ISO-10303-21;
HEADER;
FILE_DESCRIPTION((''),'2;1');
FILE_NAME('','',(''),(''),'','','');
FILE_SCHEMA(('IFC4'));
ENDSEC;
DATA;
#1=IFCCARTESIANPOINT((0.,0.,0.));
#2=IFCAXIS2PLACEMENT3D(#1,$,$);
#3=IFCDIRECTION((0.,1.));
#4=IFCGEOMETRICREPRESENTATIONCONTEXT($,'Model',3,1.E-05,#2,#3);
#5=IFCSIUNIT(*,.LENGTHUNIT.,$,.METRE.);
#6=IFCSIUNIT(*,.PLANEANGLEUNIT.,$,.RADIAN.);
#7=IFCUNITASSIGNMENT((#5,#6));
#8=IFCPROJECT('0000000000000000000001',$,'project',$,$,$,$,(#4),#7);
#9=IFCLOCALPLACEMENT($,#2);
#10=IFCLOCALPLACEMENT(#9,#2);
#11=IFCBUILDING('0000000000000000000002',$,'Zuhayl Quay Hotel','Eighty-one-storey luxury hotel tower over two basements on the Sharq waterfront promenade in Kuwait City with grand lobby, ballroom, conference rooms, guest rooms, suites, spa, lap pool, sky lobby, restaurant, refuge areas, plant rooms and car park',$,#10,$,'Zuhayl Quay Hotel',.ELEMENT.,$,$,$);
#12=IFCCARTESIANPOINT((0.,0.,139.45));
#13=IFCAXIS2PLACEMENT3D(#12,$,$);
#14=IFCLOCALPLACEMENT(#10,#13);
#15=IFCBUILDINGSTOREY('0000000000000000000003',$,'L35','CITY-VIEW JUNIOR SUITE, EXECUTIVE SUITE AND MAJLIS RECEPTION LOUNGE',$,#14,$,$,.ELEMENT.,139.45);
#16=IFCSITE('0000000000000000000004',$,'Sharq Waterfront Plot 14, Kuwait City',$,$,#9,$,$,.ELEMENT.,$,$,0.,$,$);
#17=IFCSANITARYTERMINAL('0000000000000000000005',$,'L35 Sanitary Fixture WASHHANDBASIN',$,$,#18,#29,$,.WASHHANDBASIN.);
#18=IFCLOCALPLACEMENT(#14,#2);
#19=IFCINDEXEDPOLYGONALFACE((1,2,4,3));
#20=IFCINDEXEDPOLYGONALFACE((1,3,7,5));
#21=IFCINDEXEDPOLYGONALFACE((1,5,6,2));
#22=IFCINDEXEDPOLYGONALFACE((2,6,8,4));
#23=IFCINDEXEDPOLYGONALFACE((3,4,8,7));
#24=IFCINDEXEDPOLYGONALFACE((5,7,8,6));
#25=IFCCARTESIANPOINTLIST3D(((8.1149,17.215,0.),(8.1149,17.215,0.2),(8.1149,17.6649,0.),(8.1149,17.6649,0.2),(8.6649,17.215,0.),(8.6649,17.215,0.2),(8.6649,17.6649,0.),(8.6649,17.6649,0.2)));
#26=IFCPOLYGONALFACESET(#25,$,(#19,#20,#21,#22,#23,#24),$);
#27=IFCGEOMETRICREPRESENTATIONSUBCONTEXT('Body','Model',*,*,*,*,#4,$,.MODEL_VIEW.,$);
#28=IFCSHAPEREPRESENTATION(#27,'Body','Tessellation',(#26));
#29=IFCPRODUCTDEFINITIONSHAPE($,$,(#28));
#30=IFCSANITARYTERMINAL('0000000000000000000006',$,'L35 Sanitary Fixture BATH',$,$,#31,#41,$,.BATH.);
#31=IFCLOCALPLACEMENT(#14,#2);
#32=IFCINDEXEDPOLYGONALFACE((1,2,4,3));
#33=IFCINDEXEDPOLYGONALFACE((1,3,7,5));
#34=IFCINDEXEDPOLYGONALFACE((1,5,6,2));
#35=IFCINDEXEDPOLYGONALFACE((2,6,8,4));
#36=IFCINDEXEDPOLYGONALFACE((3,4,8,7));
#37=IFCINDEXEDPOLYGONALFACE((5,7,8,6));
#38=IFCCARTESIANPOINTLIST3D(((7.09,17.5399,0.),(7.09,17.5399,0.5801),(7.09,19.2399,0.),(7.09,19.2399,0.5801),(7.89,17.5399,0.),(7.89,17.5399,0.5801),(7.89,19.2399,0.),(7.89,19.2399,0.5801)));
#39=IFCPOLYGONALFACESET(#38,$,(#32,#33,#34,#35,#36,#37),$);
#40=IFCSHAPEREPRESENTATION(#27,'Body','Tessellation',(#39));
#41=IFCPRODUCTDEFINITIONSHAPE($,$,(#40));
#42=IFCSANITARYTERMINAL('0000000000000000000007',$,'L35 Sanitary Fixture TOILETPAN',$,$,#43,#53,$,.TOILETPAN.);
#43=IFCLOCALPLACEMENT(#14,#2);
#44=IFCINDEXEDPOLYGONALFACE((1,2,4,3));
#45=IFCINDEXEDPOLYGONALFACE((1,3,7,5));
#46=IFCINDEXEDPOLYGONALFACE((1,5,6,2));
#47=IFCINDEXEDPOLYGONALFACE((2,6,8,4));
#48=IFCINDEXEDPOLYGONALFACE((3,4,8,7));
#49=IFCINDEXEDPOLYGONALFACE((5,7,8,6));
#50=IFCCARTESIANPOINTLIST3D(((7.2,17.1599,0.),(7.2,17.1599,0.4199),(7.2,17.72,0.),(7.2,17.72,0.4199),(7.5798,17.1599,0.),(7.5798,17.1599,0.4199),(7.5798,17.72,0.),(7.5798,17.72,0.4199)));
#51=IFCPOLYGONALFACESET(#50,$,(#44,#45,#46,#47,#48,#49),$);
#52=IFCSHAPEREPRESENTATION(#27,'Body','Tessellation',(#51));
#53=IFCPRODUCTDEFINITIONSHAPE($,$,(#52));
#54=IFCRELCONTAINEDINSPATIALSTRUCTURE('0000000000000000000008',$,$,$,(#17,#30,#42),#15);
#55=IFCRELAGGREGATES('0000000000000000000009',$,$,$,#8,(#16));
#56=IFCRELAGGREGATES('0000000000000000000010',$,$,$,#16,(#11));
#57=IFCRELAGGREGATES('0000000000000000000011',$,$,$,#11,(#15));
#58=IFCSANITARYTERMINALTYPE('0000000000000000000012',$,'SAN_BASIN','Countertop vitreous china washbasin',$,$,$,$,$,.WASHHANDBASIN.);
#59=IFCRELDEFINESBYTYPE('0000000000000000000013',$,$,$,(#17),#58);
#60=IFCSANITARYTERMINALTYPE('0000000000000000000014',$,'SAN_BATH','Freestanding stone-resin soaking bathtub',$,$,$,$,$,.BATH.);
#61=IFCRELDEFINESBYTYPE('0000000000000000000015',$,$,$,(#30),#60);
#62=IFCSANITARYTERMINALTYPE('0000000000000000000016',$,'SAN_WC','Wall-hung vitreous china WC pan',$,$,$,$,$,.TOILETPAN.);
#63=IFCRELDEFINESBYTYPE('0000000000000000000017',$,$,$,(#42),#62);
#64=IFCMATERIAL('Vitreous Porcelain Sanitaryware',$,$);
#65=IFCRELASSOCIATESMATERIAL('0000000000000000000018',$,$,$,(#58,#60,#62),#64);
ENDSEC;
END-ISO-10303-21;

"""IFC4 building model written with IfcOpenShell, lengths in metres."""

from ifc_helpers import new_model, si_unit, direction, frame, origin, origin_2d, place, context, subcontext, project, spatial, rectangle, extrude, material, type_object, element, save


model = new_model("IFC4")

# Units and contexts
model_context = context("Model", 3, precision=1e-05, world=origin(), true_north=direction((0.0, 1.0)))
body_context = subcontext(model_context, "Body", "Model", "MODEL_VIEW")
ifc_project = project(units=[si_unit("LENGTHUNIT", "METRE"), si_unit("PLANEANGLEUNIT", "RADIAN")], contexts=[model_context])

# Site, building, storey
site_placement = place(None, origin())
site = spatial("IfcSite", under=ifc_project, at=site_placement, Name="Sharq Waterfront Plot 14, Kuwait City", CompositionType="ELEMENT", RefElevation=0.0)
building_placement = place(site_placement, origin())
building = spatial("IfcBuilding", under=site, at=building_placement, Name="Zuhayl Quay Hotel", Description="Eighty-one-storey luxury hotel tower over two basements on the Sharq waterfront promenade in Kuwait City with grand lobby, ballroom, conference rooms, guest rooms, suites, spa, lap pool, sky lobby, restaurant, refuge areas, plant rooms and car park", LongName="Zuhayl Quay Hotel", CompositionType="ELEMENT")
storey_placement = place(building_placement, frame((0.0, 0.0, 139.45)))
storey = spatial("IfcBuildingStorey", under=building, at=storey_placement, Name="L35", Description="CITY-VIEW JUNIOR SUITE, EXECUTIVE SUITE AND MAJLIS RECEPTION LOUNGE", CompositionType="ELEMENT", Elevation=139.45)

# Sanitary terminals
ifc_material_1 = material(Name="Vitreous Porcelain Sanitaryware")
sanitary_terminal_type_1 = type_object("IfcSanitaryTerminalType", Name="SAN_BASIN", Description="Countertop vitreous china washbasin", PredefinedType="WASHHANDBASIN", material=ifc_material_1)
sanitary_terminal_1_placement = place(storey_placement, frame((8.3899, 17.4399, 0.0), z_axis=(0.0, 0.0, 1.0), x_axis=(1.0, 0.0, 0.0)))
element("IfcSanitaryTerminal", 1, at=sanitary_terminal_1_placement, inside=storey, type_object=sanitary_terminal_type_1, Name="L35 Sanitary Fixture WASHHANDBASIN", PredefinedType="WASHHANDBASIN", context=body_context, shape_type="SweptSolid", body=[
    extrude(rectangle(XDim=0.55, YDim=0.45, at=origin_2d()), origin(), (0.0, 0.0, 1.0), 0.2),
])
sanitary_terminal_type_2 = type_object("IfcSanitaryTerminalType", Name="SAN_BATH", Description="Freestanding stone-resin soaking bathtub", PredefinedType="BATH", material=ifc_material_1)
sanitary_terminal_2_placement = place(storey_placement, frame((7.49, 18.3899, 0.0), z_axis=(0.0, 0.0, 1.0), x_axis=(1.0, 0.0, 0.0)))
element("IfcSanitaryTerminal", 2, at=sanitary_terminal_2_placement, inside=storey, type_object=sanitary_terminal_type_2, Name="L35 Sanitary Fixture BATH", PredefinedType="BATH", context=body_context, shape_type="SweptSolid", body=[
    extrude(rectangle(XDim=0.8, YDim=1.7, at=origin_2d()), origin(), (0.0, 0.0, 1.0), 0.5801),
])
sanitary_terminal_type_3 = type_object("IfcSanitaryTerminalType", Name="SAN_WC", Description="Wall-hung vitreous china WC pan", PredefinedType="TOILETPAN", material=ifc_material_1)
sanitary_terminal_3_placement = place(storey_placement, frame((7.3899, 17.4399, 0.0), z_axis=(0.0, 0.0, 1.0), x_axis=(1.0, 0.0, 0.0)))
element("IfcSanitaryTerminal", 3, at=sanitary_terminal_3_placement, inside=storey, type_object=sanitary_terminal_type_3, Name="L35 Sanitary Fixture TOILETPAN", PredefinedType="TOILETPAN", context=body_context, shape_type="SweptSolid", body=[
    extrude(rectangle(XDim=0.3799, YDim=0.5601, at=origin_2d()), origin(), (0.0, 0.0, 1.0), 0.4199),
])

save(model, "model.ifc")
